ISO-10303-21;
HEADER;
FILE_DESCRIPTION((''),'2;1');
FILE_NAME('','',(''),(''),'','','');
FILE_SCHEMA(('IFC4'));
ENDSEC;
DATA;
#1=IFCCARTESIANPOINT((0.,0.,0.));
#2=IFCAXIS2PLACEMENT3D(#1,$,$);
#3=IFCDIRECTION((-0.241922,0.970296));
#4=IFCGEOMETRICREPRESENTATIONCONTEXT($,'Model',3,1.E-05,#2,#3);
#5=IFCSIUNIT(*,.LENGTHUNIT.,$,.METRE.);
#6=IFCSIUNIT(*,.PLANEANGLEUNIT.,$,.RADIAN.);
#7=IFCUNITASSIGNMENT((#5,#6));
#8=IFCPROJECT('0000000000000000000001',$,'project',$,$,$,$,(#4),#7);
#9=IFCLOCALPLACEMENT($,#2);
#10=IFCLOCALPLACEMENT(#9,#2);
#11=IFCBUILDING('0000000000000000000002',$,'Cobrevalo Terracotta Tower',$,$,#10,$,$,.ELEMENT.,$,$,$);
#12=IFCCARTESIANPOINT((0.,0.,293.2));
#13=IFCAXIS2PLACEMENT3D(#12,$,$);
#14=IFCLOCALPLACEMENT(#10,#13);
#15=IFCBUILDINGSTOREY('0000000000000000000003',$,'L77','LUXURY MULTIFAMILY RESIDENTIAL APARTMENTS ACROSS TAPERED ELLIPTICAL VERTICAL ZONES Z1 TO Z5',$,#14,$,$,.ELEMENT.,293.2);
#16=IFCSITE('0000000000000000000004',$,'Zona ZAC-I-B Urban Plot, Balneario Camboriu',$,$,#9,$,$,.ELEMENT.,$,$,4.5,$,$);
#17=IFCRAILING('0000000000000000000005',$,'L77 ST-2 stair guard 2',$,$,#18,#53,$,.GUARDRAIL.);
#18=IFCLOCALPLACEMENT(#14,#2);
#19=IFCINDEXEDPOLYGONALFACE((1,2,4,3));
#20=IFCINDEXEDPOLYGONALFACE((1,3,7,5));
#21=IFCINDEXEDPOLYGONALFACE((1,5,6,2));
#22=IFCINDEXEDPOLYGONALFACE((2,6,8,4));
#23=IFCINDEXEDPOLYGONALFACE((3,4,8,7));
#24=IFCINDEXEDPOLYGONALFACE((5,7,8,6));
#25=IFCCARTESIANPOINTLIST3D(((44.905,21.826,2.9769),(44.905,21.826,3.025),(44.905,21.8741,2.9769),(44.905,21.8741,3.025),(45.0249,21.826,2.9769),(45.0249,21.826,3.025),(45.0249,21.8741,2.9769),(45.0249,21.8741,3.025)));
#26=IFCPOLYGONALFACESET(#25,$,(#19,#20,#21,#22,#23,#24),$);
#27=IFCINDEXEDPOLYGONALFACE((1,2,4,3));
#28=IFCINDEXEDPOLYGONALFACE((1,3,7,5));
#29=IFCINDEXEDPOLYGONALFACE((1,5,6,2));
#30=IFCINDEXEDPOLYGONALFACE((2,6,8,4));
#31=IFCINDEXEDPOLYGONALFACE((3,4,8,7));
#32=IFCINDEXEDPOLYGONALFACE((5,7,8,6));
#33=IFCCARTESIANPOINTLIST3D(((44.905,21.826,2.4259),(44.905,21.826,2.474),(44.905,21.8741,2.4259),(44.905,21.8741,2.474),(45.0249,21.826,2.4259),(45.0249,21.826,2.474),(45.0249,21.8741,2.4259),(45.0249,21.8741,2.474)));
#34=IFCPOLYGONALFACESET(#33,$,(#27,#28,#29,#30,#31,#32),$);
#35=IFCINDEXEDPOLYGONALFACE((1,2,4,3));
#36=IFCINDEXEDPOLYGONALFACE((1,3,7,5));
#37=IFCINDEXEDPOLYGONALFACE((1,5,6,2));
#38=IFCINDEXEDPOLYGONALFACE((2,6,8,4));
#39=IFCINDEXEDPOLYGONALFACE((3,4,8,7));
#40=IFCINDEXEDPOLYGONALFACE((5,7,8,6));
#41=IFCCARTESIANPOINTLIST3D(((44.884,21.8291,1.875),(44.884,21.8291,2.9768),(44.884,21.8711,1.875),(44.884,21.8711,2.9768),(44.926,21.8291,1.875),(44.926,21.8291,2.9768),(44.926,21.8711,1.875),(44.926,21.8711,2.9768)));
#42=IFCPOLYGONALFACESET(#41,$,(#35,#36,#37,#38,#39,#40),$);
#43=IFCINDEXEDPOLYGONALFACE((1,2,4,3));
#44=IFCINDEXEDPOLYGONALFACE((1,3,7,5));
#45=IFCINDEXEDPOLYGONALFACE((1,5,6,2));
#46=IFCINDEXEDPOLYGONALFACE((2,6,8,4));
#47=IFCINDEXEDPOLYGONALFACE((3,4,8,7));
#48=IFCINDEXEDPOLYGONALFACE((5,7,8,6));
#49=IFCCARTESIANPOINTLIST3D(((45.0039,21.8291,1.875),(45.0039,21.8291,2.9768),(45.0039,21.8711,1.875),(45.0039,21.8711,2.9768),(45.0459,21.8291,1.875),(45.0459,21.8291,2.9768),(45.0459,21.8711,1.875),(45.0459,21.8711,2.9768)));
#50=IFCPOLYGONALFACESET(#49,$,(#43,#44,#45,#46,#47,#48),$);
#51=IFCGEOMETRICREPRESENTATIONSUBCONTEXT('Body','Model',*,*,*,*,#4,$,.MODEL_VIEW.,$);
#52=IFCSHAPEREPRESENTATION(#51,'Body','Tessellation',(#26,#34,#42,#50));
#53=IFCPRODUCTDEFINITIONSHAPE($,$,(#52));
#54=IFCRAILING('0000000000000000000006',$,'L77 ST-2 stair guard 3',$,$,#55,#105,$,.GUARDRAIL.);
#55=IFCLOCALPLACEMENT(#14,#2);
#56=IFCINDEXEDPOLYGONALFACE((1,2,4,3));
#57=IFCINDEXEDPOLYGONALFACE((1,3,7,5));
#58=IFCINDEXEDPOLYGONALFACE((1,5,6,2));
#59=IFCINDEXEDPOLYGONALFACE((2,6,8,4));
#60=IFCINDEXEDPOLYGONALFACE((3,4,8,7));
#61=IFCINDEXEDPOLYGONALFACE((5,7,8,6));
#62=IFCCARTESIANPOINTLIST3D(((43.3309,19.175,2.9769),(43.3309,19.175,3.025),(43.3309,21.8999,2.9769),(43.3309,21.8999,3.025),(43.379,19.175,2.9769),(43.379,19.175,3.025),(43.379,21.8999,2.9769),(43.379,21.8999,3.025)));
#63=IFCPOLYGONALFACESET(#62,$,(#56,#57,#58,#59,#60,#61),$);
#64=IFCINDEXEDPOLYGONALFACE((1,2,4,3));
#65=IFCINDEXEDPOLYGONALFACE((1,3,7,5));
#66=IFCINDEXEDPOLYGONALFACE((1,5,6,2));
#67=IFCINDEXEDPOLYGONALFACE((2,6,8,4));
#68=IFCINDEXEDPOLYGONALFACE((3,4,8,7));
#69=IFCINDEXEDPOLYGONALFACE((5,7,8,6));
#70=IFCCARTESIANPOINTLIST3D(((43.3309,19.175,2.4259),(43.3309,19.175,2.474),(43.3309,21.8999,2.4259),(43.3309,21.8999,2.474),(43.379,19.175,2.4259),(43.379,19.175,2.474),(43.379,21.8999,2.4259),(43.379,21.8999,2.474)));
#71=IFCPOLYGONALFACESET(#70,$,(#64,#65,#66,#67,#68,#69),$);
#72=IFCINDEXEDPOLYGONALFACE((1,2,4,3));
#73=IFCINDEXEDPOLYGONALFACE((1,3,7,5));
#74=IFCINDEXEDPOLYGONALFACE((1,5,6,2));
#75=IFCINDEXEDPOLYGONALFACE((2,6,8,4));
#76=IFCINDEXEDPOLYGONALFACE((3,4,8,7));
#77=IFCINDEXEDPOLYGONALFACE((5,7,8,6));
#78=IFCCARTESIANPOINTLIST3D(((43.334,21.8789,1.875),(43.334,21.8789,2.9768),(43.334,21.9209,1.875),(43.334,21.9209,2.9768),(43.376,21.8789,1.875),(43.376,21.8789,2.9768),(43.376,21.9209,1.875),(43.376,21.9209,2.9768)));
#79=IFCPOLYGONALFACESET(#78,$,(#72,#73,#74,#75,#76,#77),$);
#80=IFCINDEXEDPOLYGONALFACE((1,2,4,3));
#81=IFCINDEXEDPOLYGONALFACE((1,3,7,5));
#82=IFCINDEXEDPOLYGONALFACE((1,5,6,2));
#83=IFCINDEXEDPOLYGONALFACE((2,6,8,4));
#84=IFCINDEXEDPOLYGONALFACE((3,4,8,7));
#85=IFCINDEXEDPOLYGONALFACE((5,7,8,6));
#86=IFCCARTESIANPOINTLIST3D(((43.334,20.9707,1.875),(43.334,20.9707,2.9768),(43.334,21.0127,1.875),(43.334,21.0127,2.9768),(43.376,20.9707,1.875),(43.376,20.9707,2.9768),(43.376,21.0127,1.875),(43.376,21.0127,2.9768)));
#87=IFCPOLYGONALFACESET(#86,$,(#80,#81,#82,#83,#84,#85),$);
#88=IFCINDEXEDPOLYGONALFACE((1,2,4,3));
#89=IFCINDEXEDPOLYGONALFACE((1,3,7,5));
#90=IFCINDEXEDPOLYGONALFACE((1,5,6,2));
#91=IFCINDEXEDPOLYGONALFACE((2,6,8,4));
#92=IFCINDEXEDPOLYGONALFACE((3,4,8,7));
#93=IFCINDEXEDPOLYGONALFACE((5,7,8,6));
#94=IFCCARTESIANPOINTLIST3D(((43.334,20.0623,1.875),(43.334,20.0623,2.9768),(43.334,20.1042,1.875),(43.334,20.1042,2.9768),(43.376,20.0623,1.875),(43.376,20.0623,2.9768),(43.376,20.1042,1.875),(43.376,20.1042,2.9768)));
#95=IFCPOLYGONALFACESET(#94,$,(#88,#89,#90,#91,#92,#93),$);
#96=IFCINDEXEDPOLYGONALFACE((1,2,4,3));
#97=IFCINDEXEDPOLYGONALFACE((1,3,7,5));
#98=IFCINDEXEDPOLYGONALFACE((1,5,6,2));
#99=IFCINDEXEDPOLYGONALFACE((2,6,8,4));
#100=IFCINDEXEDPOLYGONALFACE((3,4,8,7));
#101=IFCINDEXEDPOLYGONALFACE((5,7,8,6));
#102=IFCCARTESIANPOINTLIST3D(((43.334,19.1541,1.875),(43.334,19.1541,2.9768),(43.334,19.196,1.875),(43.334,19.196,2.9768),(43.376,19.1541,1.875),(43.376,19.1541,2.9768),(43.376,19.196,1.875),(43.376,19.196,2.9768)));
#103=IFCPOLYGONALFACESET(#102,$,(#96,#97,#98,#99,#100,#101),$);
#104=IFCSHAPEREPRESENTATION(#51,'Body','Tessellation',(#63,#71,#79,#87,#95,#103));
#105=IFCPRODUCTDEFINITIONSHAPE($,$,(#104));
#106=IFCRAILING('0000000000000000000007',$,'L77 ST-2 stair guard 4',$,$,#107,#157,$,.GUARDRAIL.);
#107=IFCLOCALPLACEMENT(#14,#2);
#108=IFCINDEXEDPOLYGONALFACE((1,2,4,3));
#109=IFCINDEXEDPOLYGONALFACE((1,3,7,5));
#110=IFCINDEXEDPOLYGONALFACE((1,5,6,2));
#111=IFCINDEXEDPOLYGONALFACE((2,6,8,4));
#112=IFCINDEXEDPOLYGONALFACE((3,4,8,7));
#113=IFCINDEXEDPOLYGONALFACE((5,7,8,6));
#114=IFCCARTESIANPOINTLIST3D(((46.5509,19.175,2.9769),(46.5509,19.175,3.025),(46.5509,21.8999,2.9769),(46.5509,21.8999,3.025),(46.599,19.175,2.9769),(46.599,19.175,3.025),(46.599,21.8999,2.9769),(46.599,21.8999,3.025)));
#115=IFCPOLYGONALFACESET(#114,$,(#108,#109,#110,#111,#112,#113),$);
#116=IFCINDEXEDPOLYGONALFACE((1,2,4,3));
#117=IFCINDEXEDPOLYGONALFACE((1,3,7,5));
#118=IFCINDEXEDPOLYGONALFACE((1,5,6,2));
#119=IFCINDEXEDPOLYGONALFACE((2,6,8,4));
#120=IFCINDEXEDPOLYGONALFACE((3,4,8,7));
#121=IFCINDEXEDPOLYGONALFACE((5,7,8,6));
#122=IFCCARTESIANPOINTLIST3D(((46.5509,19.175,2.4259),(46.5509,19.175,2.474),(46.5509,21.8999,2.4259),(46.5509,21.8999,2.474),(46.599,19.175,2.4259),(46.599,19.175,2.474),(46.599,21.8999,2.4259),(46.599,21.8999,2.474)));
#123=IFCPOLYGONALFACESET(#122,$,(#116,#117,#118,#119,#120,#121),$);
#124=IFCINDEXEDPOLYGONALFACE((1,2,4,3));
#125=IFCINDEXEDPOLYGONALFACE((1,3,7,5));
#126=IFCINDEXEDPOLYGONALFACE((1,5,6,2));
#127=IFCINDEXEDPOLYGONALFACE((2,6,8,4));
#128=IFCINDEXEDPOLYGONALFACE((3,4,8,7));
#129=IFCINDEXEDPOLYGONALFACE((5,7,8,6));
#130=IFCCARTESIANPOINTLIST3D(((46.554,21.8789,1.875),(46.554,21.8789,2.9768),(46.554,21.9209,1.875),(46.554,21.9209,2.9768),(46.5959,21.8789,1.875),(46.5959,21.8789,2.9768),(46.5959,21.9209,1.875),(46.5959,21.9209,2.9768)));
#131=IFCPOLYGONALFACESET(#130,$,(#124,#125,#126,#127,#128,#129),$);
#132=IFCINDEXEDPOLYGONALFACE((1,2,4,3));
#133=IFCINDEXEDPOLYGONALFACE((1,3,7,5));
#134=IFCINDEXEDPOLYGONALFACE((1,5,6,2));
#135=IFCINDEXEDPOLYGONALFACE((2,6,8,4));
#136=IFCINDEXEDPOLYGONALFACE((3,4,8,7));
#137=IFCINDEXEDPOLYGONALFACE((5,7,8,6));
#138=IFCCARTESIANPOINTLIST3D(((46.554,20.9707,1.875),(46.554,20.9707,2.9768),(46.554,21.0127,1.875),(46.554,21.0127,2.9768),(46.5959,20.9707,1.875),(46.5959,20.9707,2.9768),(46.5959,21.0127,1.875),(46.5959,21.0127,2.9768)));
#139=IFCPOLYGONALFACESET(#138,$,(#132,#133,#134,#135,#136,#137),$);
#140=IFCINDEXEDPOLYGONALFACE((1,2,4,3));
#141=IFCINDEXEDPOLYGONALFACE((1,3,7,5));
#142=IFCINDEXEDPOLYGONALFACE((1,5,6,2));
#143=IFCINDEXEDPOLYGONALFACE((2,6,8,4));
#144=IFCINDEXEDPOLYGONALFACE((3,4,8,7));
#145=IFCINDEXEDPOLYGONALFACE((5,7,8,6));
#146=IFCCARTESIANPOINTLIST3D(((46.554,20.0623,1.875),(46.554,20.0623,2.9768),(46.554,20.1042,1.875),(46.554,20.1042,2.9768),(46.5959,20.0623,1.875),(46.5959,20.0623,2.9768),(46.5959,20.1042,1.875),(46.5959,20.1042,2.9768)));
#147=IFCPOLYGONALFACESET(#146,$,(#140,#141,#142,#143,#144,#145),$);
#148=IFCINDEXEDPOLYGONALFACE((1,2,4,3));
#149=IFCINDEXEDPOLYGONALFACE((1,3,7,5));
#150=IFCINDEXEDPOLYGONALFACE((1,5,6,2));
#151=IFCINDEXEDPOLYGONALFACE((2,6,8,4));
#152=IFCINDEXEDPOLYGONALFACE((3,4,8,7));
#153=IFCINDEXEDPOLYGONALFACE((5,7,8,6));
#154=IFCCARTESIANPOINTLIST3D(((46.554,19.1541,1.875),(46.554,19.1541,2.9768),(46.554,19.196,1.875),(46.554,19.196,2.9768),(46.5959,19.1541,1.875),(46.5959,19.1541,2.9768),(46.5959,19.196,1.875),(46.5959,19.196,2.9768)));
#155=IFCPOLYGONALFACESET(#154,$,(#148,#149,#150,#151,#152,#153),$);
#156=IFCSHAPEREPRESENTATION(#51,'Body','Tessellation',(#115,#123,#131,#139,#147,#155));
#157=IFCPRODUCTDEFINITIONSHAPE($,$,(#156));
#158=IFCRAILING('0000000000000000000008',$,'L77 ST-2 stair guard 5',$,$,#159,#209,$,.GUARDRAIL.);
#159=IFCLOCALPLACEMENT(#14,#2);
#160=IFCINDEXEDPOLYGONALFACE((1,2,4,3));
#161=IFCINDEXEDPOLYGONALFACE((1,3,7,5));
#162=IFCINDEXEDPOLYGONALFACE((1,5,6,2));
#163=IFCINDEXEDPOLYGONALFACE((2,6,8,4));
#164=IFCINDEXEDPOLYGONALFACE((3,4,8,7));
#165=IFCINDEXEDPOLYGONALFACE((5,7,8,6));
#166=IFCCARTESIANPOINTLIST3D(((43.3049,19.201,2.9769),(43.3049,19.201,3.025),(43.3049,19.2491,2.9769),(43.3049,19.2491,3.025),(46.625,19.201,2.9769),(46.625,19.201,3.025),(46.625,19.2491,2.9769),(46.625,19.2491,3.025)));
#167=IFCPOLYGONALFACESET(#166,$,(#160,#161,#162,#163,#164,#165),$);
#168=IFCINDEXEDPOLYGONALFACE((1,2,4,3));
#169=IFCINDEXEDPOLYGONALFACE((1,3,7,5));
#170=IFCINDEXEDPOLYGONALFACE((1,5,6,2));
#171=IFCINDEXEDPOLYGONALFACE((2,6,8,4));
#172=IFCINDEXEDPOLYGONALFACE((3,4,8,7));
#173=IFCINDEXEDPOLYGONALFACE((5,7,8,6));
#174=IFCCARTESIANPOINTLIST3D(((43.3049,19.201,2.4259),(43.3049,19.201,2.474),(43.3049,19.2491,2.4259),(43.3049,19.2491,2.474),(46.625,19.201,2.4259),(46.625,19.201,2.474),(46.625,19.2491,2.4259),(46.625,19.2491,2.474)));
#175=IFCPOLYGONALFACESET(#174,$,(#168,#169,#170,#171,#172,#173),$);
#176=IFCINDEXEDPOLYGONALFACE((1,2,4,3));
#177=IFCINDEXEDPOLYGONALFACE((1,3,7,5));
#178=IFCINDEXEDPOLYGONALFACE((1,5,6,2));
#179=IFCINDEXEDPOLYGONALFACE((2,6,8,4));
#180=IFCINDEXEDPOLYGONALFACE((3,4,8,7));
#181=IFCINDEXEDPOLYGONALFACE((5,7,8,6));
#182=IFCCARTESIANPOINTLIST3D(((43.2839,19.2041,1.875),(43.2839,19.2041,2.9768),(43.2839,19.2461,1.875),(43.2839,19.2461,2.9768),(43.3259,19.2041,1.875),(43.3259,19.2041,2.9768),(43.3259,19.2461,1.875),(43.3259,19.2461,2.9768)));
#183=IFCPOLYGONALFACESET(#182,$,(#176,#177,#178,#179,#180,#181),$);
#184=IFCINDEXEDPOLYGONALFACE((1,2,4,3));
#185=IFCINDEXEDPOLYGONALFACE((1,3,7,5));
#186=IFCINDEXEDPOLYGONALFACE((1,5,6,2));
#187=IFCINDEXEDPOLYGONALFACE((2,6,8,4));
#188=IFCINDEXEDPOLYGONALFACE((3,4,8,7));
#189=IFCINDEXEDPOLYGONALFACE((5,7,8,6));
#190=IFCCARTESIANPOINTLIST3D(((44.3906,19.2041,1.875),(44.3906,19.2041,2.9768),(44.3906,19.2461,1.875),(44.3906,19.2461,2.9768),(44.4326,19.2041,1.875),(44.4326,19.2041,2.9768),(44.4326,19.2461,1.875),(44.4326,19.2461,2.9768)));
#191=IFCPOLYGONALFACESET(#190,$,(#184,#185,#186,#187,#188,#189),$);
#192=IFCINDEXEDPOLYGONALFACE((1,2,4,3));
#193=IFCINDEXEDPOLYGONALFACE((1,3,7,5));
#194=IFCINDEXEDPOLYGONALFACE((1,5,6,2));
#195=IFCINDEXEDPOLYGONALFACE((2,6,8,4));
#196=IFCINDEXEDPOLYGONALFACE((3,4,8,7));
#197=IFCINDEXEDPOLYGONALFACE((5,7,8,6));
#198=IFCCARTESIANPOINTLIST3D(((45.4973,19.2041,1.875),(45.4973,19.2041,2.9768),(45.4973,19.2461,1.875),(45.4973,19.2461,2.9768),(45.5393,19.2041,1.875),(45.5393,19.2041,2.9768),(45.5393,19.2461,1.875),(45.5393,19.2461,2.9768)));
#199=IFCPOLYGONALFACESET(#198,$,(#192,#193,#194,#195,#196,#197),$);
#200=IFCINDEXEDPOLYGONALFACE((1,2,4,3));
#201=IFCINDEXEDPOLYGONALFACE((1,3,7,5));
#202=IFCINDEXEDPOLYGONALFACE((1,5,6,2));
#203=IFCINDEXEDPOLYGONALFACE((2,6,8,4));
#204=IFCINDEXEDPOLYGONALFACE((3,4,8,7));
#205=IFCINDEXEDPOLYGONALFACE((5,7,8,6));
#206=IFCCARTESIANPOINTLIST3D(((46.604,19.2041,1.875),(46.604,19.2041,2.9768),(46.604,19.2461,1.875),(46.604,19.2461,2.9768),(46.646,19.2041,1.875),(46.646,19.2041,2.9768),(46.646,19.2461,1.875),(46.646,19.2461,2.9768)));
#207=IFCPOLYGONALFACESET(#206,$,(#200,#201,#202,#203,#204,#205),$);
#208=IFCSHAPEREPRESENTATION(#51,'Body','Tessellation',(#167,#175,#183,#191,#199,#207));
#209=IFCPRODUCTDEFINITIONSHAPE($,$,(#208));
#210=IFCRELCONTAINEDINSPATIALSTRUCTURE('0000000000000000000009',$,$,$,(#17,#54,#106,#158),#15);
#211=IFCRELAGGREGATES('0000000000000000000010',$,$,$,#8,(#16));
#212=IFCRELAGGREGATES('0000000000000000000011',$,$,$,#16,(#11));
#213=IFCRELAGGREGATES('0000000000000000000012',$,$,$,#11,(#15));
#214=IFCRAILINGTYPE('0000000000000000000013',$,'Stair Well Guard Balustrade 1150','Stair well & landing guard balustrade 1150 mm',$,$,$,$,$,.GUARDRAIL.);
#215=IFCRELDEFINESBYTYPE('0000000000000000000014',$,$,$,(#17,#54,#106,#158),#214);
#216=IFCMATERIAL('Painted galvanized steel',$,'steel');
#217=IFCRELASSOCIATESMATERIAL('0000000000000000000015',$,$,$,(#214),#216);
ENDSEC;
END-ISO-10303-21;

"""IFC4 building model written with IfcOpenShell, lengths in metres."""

from ifc_helpers import new_model, si_unit, direction, frame, origin, origin_2d, place, context, subcontext, project, spatial, rectangle, extrude, material, type_object, element, save


model = new_model("IFC4")

# Units and contexts
model_context = context("Model", 3, precision=1e-05, world=origin(), true_north=direction((-0.241922, 0.970296)))
body_context = subcontext(model_context, "Body", "Model", "MODEL_VIEW")
ifc_project = project(units=[si_unit("LENGTHUNIT", "METRE"), si_unit("PLANEANGLEUNIT", "RADIAN")], contexts=[model_context])

# Site, building, storey
site_placement = place(None, origin())
site = spatial("IfcSite", under=ifc_project, at=site_placement, Name="Zona ZAC-I-B Urban Plot, Balneario Camboriu", CompositionType="ELEMENT", RefElevation=4.5)
building_placement = place(site_placement, origin())
building = spatial("IfcBuilding", under=site, at=building_placement, Name="Cobrevalo Terracotta Tower", CompositionType="ELEMENT")
storey_placement = place(building_placement, frame((0.0, 0.0, 293.2)))
storey = spatial("IfcBuildingStorey", under=building, at=storey_placement, Name="L77", Description="LUXURY MULTIFAMILY RESIDENTIAL APARTMENTS ACROSS TAPERED ELLIPTICAL VERTICAL ZONES Z1 TO Z5", CompositionType="ELEMENT", Elevation=293.2)

# Railings
ifc_material_1 = material(Name="Painted galvanized steel", Category="steel")
railing_type_1 = type_object("IfcRailingType", Name="Stair Well Guard Balustrade 1150", Description="Stair well & landing guard balustrade 1150 mm", PredefinedType="GUARDRAIL", material=ifc_material_1)
railing_1_placement = place(storey_placement, frame((44.905, 21.8501, 1.875)))
element("IfcRailing", 1, at=railing_1_placement, inside=storey, type_object=railing_type_1, Name="L77 ST-2 stair guard 2", PredefinedType="GUARDRAIL", context=body_context, shape_type="SweptSolid", body=[
    extrude(rectangle(XDim=0.0481, YDim=0.0481, at=origin_2d()), frame((0.0, 0.0, 1.126), z_axis=(1.0, 0.0, 0.0), x_axis=(0.0, 1.0, 0.0)), (0.0, 0.0, 1.0), 0.1199),
    extrude(rectangle(XDim=0.0481, YDim=0.0481, at=origin_2d()), frame((0.0, 0.0, 0.575), z_axis=(1.0, 0.0, 0.0), x_axis=(0.0, 1.0, 0.0)), (0.0, 0.0, 1.0), 0.1199),
    extrude(rectangle(XDim=0.042, YDim=0.042, at=origin_2d()), origin(), (0.0, 0.0, 1.0), 1.1018),
    extrude(rectangle(XDim=0.042, YDim=0.042, at=origin_2d()), frame((0.1199, 0.0, 0.0)), (0.0, 0.0, 1.0), 1.1018),
])
for number, where, name in (
    (2, (43.355, 21.8999, 1.875), "L77 ST-2 stair guard 3"),
    (3, (46.575, 21.8999, 1.875), "L77 ST-2 stair guard 4"),
):
    element("IfcRailing", number, at=place(storey_placement, frame(where)), inside=storey, type_object=railing_type_1, Name=name, PredefinedType="GUARDRAIL", context=body_context, shape_type="SweptSolid", body=[
        extrude(rectangle(XDim=0.0481, YDim=0.0481, at=origin_2d()), frame((0.0, 0.0, 1.126), z_axis=(0.0, -1.0, 0.0), x_axis=(1.0, 0.0, 0.0)), (0.0, 0.0, 1.0), 2.7249),
        extrude(rectangle(XDim=0.0481, YDim=0.0481, at=origin_2d()), frame((0.0, 0.0, 0.575), z_axis=(0.0, -1.0, 0.0), x_axis=(1.0, 0.0, 0.0)), (0.0, 0.0, 1.0), 2.7249),
        extrude(rectangle(XDim=0.042, YDim=0.042, at=origin_2d()), origin(), (0.0, 0.0, 1.0), 1.1018),
        extrude(rectangle(XDim=0.042, YDim=0.042, at=origin_2d()), frame((0.0, -0.9082, 0.0)), (0.0, 0.0, 1.0), 1.1018),
        extrude(rectangle(XDim=0.042, YDim=0.042, at=origin_2d()), frame((0.0, -1.8167, 0.0)), (0.0, 0.0, 1.0), 1.1018),
        extrude(rectangle(XDim=0.042, YDim=0.042, at=origin_2d()), frame((0.0, -2.7249, 0.0)), (0.0, 0.0, 1.0), 1.1018),
    ])
railing_2_placement = place(storey_placement, frame((43.3049, 19.2251, 1.875)))
element("IfcRailing", 4, at=railing_2_placement, inside=storey, type_object=railing_type_1, Name="L77 ST-2 stair guard 5", PredefinedType="GUARDRAIL", context=body_context, shape_type="SweptSolid", body=[
    extrude(rectangle(XDim=0.0481, YDim=0.0481, at=origin_2d()), frame((0.0, 0.0, 1.126), z_axis=(1.0, 0.0, 0.0), x_axis=(0.0, 1.0, 0.0)), (0.0, 0.0, 1.0), 3.3201),
    extrude(rectangle(XDim=0.0481, YDim=0.0481, at=origin_2d()), frame((0.0, 0.0, 0.575), z_axis=(1.0, 0.0, 0.0), x_axis=(0.0, 1.0, 0.0)), (0.0, 0.0, 1.0), 3.3201),
    extrude(rectangle(XDim=0.042, YDim=0.042, at=origin_2d()), origin(), (0.0, 0.0, 1.0), 1.1018),
    extrude(rectangle(XDim=0.042, YDim=0.042, at=origin_2d()), frame((1.1067, 0.0, 0.0)), (0.0, 0.0, 1.0), 1.1018),
    extrude(rectangle(XDim=0.042, YDim=0.042, at=origin_2d()), frame((2.2134, 0.0, 0.0)), (0.0, 0.0, 1.0), 1.1018),
    extrude(rectangle(XDim=0.042, YDim=0.042, at=origin_2d()), frame((3.3201, 0.0, 0.0)), (0.0, 0.0, 1.0), 1.1018),
])

save(model, "model.ifc")
